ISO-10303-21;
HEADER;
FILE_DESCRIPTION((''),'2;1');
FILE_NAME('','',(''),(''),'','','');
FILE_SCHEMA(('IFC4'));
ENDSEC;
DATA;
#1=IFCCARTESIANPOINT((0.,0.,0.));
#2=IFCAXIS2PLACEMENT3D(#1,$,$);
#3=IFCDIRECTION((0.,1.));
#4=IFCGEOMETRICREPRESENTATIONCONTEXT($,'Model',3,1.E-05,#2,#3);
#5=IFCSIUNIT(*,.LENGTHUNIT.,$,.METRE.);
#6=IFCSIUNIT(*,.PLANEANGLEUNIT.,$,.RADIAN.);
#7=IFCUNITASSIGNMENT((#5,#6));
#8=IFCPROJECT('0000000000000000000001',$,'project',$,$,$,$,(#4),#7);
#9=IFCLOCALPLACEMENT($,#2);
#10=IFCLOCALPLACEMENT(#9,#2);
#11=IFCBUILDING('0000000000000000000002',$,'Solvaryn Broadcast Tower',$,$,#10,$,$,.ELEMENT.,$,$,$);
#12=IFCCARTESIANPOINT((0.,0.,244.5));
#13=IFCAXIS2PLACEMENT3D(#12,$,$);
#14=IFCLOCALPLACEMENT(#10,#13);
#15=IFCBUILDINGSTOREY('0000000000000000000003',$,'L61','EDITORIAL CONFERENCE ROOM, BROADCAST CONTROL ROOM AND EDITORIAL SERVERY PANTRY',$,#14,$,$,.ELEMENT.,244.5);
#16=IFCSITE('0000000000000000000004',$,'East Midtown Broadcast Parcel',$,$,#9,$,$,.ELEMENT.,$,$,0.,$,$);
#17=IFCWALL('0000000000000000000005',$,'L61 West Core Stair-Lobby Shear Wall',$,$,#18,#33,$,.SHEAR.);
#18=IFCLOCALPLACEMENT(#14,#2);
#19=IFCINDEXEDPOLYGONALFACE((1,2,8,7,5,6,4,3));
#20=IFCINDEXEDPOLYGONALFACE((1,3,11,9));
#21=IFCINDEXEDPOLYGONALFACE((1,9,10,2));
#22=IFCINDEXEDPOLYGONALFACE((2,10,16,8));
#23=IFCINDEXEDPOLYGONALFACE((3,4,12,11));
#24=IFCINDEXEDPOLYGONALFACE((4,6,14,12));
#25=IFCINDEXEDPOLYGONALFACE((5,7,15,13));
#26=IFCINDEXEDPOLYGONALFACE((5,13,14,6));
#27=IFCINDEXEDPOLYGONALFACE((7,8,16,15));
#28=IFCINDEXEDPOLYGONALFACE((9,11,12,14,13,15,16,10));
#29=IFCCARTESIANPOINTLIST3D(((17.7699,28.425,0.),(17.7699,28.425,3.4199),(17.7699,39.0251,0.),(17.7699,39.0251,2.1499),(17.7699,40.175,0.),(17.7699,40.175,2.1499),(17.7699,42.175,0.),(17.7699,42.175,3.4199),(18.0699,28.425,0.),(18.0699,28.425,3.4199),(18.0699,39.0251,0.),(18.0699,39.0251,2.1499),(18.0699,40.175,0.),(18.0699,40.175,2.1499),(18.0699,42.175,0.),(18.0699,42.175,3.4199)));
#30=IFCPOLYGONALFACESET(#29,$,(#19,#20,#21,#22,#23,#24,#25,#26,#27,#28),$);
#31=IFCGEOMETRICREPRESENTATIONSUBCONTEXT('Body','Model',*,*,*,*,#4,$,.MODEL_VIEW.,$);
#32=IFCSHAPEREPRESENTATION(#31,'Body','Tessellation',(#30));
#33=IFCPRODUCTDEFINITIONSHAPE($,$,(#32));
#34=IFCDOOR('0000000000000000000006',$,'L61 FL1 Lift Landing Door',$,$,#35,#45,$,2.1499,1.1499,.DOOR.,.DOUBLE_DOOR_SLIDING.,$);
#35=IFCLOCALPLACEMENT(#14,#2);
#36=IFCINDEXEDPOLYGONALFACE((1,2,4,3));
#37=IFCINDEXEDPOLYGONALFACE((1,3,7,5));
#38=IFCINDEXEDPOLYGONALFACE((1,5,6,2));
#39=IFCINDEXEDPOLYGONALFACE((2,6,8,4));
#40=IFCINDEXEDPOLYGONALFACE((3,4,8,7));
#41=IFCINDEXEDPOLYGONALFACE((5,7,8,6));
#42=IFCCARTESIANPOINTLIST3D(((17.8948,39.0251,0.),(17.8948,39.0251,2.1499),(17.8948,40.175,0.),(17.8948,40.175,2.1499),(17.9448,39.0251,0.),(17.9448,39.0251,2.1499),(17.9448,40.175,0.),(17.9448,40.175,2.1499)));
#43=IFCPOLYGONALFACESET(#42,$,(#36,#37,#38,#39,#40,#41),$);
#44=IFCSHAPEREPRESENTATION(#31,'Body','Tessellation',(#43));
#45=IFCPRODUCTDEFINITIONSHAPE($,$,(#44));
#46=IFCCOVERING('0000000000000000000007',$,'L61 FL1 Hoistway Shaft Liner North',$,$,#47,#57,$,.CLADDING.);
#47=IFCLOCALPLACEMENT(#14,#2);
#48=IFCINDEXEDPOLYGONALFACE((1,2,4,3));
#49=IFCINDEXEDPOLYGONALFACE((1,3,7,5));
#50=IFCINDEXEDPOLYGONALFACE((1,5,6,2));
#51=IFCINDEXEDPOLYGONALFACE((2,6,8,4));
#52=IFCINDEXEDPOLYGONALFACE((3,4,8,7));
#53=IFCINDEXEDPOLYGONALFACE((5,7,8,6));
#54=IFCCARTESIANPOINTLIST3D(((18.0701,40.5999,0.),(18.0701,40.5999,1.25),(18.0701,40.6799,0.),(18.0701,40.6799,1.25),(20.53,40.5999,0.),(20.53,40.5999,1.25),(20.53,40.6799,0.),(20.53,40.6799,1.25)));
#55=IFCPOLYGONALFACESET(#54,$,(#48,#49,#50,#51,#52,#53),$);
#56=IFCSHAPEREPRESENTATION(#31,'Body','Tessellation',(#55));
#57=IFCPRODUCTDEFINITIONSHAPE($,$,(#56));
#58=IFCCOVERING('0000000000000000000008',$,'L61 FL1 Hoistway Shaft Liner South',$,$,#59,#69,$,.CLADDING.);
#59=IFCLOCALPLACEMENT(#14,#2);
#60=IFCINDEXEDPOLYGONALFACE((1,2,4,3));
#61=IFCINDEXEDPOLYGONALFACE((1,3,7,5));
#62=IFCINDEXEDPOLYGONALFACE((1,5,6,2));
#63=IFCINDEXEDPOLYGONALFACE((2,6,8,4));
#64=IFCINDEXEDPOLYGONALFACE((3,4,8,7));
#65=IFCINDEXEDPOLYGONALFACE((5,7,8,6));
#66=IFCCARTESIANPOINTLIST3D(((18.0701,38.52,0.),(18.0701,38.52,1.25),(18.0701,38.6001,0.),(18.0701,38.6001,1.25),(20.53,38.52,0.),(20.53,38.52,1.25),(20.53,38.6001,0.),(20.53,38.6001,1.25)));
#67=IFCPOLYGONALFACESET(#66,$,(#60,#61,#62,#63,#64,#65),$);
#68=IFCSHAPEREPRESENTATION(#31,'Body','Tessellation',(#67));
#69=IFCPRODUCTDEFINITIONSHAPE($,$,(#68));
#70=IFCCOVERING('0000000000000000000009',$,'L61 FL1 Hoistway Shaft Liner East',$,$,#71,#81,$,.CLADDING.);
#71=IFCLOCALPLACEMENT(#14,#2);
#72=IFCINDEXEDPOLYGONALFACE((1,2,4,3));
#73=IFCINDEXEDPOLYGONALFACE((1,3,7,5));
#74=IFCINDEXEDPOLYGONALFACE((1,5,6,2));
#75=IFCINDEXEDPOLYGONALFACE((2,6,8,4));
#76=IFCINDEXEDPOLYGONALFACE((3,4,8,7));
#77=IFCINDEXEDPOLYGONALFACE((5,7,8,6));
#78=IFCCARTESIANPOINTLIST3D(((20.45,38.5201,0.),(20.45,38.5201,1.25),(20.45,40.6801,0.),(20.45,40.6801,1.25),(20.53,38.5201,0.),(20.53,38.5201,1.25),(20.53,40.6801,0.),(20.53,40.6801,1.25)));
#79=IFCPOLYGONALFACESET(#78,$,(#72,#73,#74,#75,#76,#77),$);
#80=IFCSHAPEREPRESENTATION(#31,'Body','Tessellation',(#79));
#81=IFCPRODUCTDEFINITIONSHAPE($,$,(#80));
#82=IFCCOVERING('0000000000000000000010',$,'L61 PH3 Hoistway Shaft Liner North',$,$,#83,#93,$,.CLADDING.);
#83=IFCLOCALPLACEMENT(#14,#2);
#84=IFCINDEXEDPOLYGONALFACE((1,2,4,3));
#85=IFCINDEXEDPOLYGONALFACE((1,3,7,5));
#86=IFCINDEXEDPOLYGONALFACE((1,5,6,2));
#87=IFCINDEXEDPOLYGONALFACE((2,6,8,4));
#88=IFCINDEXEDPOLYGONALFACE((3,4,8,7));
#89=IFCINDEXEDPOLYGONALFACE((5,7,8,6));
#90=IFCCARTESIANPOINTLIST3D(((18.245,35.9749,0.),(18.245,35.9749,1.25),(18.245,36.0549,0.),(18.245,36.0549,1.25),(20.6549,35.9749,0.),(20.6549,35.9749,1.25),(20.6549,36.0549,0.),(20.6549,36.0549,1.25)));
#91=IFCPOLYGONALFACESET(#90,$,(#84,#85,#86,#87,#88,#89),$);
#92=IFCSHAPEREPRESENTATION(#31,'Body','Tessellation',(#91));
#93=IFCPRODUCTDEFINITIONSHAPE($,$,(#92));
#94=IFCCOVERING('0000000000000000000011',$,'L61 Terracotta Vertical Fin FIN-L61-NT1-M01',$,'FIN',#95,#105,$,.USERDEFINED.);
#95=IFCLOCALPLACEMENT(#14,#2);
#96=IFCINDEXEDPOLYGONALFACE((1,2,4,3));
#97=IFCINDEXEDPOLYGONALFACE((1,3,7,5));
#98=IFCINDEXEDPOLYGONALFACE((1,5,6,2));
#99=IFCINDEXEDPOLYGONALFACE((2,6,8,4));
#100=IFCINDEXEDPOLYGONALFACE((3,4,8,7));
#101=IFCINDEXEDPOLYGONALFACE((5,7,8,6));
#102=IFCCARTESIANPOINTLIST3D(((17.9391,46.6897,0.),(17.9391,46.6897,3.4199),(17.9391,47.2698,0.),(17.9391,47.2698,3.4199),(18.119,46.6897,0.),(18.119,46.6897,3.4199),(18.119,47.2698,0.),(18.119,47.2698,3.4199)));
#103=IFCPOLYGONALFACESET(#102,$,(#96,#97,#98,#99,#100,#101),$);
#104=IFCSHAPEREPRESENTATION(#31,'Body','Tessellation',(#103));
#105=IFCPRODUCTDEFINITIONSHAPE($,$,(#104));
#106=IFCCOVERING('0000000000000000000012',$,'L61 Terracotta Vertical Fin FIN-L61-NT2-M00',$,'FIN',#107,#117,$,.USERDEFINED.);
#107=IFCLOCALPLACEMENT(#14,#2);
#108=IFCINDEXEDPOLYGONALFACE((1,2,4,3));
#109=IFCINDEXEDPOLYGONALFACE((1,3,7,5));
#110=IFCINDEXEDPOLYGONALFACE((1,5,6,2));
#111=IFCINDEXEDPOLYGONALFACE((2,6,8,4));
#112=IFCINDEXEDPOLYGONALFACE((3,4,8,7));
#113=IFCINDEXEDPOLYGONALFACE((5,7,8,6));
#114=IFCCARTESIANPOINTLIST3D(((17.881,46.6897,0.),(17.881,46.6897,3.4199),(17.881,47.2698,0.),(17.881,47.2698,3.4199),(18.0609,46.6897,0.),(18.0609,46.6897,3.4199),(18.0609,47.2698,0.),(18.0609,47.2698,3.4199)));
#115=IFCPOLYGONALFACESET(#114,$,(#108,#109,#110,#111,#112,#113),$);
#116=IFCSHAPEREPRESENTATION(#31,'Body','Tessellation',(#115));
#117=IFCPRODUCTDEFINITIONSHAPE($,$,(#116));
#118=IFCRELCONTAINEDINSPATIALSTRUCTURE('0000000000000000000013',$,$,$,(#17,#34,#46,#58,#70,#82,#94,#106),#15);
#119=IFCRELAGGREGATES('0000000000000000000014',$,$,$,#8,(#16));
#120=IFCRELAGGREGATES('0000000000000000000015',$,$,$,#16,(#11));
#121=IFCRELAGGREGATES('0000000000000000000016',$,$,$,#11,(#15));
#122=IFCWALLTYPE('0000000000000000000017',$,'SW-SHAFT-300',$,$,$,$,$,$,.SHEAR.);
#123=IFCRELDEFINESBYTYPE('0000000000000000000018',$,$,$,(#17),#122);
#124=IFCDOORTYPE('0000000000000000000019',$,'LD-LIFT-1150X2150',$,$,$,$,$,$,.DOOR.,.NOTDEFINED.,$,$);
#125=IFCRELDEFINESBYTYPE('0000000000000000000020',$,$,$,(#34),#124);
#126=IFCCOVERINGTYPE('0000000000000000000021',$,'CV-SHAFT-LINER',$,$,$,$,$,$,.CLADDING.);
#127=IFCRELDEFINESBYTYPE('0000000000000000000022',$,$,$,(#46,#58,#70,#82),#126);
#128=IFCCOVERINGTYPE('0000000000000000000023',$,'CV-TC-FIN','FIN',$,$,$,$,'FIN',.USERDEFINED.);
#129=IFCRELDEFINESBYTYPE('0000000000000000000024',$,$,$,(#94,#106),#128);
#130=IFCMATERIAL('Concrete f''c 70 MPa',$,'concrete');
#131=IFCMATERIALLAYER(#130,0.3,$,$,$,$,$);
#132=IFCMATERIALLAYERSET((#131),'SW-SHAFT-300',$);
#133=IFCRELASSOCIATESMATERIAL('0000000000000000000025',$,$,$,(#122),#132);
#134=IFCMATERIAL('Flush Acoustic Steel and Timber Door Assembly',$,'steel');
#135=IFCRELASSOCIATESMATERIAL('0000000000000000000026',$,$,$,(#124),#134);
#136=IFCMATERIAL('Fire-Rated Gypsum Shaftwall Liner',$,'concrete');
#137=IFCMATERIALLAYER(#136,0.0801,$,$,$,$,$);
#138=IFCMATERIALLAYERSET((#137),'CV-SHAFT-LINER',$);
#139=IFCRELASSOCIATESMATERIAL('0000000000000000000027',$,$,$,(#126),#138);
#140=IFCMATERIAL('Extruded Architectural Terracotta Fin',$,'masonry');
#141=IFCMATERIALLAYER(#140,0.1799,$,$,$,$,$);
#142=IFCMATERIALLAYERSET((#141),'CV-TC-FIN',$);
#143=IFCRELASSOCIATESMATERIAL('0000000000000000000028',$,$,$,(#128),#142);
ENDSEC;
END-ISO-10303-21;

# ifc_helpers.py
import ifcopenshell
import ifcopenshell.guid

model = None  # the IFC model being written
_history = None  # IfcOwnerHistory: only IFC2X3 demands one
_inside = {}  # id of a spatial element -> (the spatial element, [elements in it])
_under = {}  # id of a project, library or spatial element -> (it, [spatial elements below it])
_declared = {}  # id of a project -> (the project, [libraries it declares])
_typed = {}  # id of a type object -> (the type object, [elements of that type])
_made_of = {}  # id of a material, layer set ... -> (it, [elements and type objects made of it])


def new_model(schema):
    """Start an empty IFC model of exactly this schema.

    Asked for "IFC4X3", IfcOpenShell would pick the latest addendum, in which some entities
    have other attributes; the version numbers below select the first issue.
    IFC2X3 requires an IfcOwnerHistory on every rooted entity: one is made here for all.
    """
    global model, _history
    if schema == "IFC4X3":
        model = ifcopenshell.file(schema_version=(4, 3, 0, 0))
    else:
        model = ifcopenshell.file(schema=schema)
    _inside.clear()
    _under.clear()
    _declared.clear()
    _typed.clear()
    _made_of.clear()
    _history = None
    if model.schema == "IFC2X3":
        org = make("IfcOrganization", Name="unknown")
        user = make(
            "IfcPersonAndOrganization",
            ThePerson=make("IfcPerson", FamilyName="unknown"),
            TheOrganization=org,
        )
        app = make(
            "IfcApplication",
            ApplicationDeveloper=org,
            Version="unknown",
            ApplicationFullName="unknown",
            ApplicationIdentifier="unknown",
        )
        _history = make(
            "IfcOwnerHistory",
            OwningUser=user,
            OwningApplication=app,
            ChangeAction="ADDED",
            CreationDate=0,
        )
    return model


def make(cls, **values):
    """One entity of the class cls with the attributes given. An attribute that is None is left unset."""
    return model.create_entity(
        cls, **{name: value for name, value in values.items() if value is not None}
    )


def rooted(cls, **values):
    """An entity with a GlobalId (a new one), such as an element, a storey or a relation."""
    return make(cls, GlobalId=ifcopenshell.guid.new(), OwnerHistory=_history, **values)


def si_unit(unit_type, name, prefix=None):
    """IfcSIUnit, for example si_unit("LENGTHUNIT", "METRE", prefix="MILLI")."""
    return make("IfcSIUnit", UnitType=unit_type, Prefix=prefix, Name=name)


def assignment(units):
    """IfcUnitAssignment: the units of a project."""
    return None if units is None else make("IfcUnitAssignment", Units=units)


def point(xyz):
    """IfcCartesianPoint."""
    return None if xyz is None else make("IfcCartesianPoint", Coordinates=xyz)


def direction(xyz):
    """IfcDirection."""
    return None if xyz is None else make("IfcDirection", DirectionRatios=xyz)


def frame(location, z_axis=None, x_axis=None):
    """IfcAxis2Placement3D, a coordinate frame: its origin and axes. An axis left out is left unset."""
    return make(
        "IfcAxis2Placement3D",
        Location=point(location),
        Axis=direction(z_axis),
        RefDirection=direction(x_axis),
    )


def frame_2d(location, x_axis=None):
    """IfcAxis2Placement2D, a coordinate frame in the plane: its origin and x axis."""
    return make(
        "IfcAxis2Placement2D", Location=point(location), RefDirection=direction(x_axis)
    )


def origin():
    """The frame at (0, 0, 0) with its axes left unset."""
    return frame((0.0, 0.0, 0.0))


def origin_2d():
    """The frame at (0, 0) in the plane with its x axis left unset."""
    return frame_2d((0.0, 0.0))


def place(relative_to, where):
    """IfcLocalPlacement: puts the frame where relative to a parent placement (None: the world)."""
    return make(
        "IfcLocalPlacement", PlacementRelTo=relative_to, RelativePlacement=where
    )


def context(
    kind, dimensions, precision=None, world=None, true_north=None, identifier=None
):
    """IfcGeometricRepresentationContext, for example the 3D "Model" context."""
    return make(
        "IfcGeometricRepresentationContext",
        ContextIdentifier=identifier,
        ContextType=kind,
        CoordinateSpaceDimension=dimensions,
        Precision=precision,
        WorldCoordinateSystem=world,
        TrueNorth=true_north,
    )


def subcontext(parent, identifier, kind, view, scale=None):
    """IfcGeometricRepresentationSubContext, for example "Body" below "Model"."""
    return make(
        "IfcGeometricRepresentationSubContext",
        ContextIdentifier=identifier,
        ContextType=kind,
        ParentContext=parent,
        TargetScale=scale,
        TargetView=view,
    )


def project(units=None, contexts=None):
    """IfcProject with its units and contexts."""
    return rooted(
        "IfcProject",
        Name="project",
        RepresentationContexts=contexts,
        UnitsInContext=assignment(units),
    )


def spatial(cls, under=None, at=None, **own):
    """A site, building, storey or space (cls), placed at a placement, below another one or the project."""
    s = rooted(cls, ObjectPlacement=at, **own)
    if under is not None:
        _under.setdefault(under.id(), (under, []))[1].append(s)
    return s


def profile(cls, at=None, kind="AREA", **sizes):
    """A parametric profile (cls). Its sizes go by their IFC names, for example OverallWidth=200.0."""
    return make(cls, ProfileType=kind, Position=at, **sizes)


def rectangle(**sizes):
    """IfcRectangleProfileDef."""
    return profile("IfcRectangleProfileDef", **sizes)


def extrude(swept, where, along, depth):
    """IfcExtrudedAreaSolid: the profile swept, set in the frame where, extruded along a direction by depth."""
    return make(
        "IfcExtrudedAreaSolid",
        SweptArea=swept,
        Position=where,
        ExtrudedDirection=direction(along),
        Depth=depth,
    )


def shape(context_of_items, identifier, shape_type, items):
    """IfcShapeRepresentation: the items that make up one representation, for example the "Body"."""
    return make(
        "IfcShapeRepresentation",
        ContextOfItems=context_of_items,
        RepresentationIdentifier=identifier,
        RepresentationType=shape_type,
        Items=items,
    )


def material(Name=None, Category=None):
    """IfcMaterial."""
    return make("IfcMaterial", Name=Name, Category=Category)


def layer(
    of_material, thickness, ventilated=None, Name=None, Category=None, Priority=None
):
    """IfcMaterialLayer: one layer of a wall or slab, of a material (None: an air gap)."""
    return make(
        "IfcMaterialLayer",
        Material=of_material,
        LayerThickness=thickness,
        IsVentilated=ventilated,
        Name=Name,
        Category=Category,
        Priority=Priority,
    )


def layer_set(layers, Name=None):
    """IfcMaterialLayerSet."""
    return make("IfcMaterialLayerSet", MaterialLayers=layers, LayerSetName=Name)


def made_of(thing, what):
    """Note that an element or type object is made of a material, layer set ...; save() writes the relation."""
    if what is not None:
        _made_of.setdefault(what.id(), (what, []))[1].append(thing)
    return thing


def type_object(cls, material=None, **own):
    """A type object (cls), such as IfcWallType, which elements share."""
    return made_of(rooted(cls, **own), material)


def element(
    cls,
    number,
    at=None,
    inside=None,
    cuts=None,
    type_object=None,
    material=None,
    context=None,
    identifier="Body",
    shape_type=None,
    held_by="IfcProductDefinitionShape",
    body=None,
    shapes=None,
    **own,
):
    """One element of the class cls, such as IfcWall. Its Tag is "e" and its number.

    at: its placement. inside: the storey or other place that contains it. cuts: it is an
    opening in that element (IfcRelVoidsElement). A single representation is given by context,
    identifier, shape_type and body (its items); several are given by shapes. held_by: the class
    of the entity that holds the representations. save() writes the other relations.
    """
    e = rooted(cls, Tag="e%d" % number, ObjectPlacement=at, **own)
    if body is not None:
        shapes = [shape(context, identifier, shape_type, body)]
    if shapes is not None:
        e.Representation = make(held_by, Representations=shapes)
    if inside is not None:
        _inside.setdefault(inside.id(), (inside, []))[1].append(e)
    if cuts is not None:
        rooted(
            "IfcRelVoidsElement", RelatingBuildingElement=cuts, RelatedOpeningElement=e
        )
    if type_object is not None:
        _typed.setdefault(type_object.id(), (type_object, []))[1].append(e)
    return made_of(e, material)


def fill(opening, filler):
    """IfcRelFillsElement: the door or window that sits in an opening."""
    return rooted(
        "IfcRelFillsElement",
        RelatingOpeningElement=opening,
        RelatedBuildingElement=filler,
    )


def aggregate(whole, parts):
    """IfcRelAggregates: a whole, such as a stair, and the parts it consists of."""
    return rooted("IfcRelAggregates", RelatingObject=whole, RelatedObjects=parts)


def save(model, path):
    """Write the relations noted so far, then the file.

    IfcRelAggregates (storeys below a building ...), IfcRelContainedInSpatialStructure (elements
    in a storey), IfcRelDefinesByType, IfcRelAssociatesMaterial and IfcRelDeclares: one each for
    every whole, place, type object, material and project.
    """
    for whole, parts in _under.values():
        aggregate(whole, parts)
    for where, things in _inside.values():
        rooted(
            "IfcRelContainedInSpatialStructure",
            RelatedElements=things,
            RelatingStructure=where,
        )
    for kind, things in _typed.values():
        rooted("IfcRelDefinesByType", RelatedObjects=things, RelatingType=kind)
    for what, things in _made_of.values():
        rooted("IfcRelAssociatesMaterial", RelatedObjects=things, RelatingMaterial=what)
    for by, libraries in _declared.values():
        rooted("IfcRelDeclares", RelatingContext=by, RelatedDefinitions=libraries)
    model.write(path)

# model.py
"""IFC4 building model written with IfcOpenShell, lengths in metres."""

from ifc_helpers import new_model, si_unit, direction, frame, frame_2d, origin, origin_2d, place, context, subcontext, project, spatial, rectangle, extrude, material, layer, layer_set, type_object, element, fill, save


model = new_model("IFC4")

# Units and contexts
model_context = context("Model", 3, precision=1e-05, world=origin(), true_north=direction((0.0, 1.0)))
body_context = subcontext(model_context, "Body", "Model", "MODEL_VIEW")
ifc_project = project(units=[si_unit("LENGTHUNIT", "METRE"), si_unit("PLANEANGLEUNIT", "RADIAN")], contexts=[model_context])

# Site, building, storey
site_placement = place(None, origin())
site = spatial("IfcSite", under=ifc_project, at=site_placement, Name="East Midtown Broadcast Parcel", CompositionType="ELEMENT", RefElevation=0.0)
building_placement = place(site_placement, origin())
building = spatial("IfcBuilding", under=site, at=building_placement, Name="Solvaryn Broadcast Tower", CompositionType="ELEMENT")
storey_placement = place(building_placement, frame((0.0, 0.0, 244.5)))
storey = spatial("IfcBuildingStorey", under=building, at=storey_placement, Name="L61", Description="EDITORIAL CONFERENCE ROOM, BROADCAST CONTROL ROOM AND EDITORIAL SERVERY PANTRY", CompositionType="ELEMENT", Elevation=244.5)

# Wall, opening, door
ifc_material_1 = material(Name="Concrete f'c 70 MPa", Category="concrete")
ifc_layer_1 = layer(ifc_material_1, 0.3)
ifc_layer_set_1 = layer_set([ifc_layer_1], Name="SW-SHAFT-300")
wall_type_1 = type_object("IfcWallType", Name="SW-SHAFT-300", PredefinedType="SHEAR", material=ifc_layer_set_1)
wall_1_placement = place(storey_placement, frame((17.9199, 42.175, 0.0), z_axis=(0.0, 0.0, 1.0), x_axis=(0.0, -1.0, 0.0)))
wall_1 = element("IfcWall", 1, at=wall_1_placement, inside=storey, type_object=wall_type_1, Name="L61 West Core Stair-Lobby Shear Wall", PredefinedType="SHEAR", context=body_context, shape_type="SweptSolid", body=[
    extrude(rectangle(XDim=13.75, YDim=0.3, at=frame_2d((6.875, 0.0))), origin(), (0.0, 0.0, 1.0), 3.4199),
])
opening_1_placement = place(wall_1_placement, frame((2.0, 0.0, 0.0)))
opening_1 = element("IfcOpeningElement", 2, at=opening_1_placement, cuts=wall_1, PredefinedType="OPENING", context=body_context, shape_type="SweptSolid", body=[
    extrude(rectangle(XDim=1.1499, YDim=2.1499, at=frame_2d((0.575, 1.075))), frame((0.0, 0.1599, 0.0), z_axis=(0.0, -1.0, 0.0), x_axis=(1.0, 0.0, 0.0)), (0.0, 0.0, 1.0), 0.3201),
])
ifc_material_2 = material(Name="Flush Acoustic Steel and Timber Door Assembly", Category="steel")
door_type_1 = type_object("IfcDoorType", Name="LD-LIFT-1150X2150", OperationType="NOTDEFINED", PredefinedType="DOOR", material=ifc_material_2)
door_1_placement = place(opening_1_placement, origin())
door_1 = element("IfcDoor", 3, at=door_1_placement, inside=storey, type_object=door_type_1, Name="L61 FL1 Lift Landing Door", OperationType="DOUBLE_DOOR_SLIDING", OverallHeight=2.1499, OverallWidth=1.1499, PredefinedType="DOOR", context=body_context, shape_type="SweptSolid", body=[
    extrude(rectangle(XDim=1.1499, YDim=2.1499, at=frame_2d((0.575, 1.075))), frame((0.0, 0.0249, 0.0), z_axis=(0.0, -1.0, 0.0), x_axis=(1.0, 0.0, 0.0)), (0.0, 0.0, 1.0), 0.05),
])
fill(opening_1, door_1)

# Coverings
ifc_material_3 = material(Name="Fire-Rated Gypsum Shaftwall Liner", Category="concrete")
ifc_layer_2 = layer(ifc_material_3, 0.0801)
ifc_layer_set_2 = layer_set([ifc_layer_2], Name="CV-SHAFT-LINER")
covering_type_1 = type_object("IfcCoveringType", Name="CV-SHAFT-LINER", PredefinedType="CLADDING", material=ifc_layer_set_2)
for number, where, z_axis, x_axis, name in (
    (4, (19.3, 40.6399, 0.0), (0.0, 0.0, 1.0), (1.0, 0.0, 0.0), "L61 FL1 Hoistway Shaft Liner North"),
    (5, (19.3, 38.5601, 0.0), (0.0, 0.0, 1.0), (1.0, 0.0, 0.0), "L61 FL1 Hoistway Shaft Liner South"),
):
    element("IfcCovering", number, at=place(storey_placement, frame(where, z_axis=z_axis, x_axis=x_axis)), inside=storey, type_object=covering_type_1, Name=name, PredefinedType="CLADDING", context=body_context, shape_type="SweptSolid", body=[
        extrude(rectangle(XDim=2.46, YDim=0.0801, at=origin_2d()), origin(), (0.0, 0.0, 1.0), 1.25),
    ])
covering_1_placement = place(storey_placement, frame((20.49, 39.6001, 0.0), z_axis=(0.0, 0.0, 1.0), x_axis=(1.0, 0.0, 0.0)))
element("IfcCovering", 6, at=covering_1_placement, inside=storey, type_object=covering_type_1, Name="L61 FL1 Hoistway Shaft Liner East", PredefinedType="CLADDING", context=body_context, shape_type="SweptSolid", body=[
    extrude(rectangle(XDim=0.0801, YDim=2.1599, at=origin_2d()), origin(), (0.0, 0.0, 1.0), 1.25),
])
covering_2_placement = place(storey_placement, frame((19.45, 36.0149, 0.0), z_axis=(0.0, 0.0, 1.0), x_axis=(1.0, 0.0, 0.0)))
element("IfcCovering", 7, at=covering_2_placement, inside=storey, type_object=covering_type_1, Name="L61 PH3 Hoistway Shaft Liner North", PredefinedType="CLADDING", context=body_context, shape_type="SweptSolid", body=[
    extrude(rectangle(XDim=2.4099, YDim=0.0801, at=origin_2d()), origin(), (0.0, 0.0, 1.0), 1.25),
])
ifc_material_4 = material(Name="Extruded Architectural Terracotta Fin", Category="masonry")
ifc_layer_3 = layer(ifc_material_4, 0.1799)
ifc_layer_set_3 = layer_set([ifc_layer_3], Name="CV-TC-FIN")
covering_type_2 = type_object("IfcCoveringType", Name="CV-TC-FIN", Description="FIN", ElementType="FIN", PredefinedType="USERDEFINED", material=ifc_layer_set_3)
for number, where, z_axis, x_axis, name in (
    (8, (18.0291, 46.9797, 0.0), (0.0, 0.0, 1.0), (1.0, 0.0, 0.0), "L61 Terracotta Vertical Fin FIN-L61-NT1-M01"),
    (9, (17.9709, 46.9797, 0.0), (0.0, 0.0, 1.0), (1.0, 0.0, 0.0), "L61 Terracotta Vertical Fin FIN-L61-NT2-M00"),
):
    element("IfcCovering", number, at=place(storey_placement, frame(where, z_axis=z_axis, x_axis=x_axis)), inside=storey, type_object=covering_type_2, Name=name, ObjectType="FIN", PredefinedType="USERDEFINED", context=body_context, shape_type="SweptSolid", body=[
        extrude(rectangle(XDim=0.1799, YDim=0.5801, at=origin_2d()), origin(), (0.0, 0.0, 1.0), 3.4199),
    ])

save(model, "model.ifc")
